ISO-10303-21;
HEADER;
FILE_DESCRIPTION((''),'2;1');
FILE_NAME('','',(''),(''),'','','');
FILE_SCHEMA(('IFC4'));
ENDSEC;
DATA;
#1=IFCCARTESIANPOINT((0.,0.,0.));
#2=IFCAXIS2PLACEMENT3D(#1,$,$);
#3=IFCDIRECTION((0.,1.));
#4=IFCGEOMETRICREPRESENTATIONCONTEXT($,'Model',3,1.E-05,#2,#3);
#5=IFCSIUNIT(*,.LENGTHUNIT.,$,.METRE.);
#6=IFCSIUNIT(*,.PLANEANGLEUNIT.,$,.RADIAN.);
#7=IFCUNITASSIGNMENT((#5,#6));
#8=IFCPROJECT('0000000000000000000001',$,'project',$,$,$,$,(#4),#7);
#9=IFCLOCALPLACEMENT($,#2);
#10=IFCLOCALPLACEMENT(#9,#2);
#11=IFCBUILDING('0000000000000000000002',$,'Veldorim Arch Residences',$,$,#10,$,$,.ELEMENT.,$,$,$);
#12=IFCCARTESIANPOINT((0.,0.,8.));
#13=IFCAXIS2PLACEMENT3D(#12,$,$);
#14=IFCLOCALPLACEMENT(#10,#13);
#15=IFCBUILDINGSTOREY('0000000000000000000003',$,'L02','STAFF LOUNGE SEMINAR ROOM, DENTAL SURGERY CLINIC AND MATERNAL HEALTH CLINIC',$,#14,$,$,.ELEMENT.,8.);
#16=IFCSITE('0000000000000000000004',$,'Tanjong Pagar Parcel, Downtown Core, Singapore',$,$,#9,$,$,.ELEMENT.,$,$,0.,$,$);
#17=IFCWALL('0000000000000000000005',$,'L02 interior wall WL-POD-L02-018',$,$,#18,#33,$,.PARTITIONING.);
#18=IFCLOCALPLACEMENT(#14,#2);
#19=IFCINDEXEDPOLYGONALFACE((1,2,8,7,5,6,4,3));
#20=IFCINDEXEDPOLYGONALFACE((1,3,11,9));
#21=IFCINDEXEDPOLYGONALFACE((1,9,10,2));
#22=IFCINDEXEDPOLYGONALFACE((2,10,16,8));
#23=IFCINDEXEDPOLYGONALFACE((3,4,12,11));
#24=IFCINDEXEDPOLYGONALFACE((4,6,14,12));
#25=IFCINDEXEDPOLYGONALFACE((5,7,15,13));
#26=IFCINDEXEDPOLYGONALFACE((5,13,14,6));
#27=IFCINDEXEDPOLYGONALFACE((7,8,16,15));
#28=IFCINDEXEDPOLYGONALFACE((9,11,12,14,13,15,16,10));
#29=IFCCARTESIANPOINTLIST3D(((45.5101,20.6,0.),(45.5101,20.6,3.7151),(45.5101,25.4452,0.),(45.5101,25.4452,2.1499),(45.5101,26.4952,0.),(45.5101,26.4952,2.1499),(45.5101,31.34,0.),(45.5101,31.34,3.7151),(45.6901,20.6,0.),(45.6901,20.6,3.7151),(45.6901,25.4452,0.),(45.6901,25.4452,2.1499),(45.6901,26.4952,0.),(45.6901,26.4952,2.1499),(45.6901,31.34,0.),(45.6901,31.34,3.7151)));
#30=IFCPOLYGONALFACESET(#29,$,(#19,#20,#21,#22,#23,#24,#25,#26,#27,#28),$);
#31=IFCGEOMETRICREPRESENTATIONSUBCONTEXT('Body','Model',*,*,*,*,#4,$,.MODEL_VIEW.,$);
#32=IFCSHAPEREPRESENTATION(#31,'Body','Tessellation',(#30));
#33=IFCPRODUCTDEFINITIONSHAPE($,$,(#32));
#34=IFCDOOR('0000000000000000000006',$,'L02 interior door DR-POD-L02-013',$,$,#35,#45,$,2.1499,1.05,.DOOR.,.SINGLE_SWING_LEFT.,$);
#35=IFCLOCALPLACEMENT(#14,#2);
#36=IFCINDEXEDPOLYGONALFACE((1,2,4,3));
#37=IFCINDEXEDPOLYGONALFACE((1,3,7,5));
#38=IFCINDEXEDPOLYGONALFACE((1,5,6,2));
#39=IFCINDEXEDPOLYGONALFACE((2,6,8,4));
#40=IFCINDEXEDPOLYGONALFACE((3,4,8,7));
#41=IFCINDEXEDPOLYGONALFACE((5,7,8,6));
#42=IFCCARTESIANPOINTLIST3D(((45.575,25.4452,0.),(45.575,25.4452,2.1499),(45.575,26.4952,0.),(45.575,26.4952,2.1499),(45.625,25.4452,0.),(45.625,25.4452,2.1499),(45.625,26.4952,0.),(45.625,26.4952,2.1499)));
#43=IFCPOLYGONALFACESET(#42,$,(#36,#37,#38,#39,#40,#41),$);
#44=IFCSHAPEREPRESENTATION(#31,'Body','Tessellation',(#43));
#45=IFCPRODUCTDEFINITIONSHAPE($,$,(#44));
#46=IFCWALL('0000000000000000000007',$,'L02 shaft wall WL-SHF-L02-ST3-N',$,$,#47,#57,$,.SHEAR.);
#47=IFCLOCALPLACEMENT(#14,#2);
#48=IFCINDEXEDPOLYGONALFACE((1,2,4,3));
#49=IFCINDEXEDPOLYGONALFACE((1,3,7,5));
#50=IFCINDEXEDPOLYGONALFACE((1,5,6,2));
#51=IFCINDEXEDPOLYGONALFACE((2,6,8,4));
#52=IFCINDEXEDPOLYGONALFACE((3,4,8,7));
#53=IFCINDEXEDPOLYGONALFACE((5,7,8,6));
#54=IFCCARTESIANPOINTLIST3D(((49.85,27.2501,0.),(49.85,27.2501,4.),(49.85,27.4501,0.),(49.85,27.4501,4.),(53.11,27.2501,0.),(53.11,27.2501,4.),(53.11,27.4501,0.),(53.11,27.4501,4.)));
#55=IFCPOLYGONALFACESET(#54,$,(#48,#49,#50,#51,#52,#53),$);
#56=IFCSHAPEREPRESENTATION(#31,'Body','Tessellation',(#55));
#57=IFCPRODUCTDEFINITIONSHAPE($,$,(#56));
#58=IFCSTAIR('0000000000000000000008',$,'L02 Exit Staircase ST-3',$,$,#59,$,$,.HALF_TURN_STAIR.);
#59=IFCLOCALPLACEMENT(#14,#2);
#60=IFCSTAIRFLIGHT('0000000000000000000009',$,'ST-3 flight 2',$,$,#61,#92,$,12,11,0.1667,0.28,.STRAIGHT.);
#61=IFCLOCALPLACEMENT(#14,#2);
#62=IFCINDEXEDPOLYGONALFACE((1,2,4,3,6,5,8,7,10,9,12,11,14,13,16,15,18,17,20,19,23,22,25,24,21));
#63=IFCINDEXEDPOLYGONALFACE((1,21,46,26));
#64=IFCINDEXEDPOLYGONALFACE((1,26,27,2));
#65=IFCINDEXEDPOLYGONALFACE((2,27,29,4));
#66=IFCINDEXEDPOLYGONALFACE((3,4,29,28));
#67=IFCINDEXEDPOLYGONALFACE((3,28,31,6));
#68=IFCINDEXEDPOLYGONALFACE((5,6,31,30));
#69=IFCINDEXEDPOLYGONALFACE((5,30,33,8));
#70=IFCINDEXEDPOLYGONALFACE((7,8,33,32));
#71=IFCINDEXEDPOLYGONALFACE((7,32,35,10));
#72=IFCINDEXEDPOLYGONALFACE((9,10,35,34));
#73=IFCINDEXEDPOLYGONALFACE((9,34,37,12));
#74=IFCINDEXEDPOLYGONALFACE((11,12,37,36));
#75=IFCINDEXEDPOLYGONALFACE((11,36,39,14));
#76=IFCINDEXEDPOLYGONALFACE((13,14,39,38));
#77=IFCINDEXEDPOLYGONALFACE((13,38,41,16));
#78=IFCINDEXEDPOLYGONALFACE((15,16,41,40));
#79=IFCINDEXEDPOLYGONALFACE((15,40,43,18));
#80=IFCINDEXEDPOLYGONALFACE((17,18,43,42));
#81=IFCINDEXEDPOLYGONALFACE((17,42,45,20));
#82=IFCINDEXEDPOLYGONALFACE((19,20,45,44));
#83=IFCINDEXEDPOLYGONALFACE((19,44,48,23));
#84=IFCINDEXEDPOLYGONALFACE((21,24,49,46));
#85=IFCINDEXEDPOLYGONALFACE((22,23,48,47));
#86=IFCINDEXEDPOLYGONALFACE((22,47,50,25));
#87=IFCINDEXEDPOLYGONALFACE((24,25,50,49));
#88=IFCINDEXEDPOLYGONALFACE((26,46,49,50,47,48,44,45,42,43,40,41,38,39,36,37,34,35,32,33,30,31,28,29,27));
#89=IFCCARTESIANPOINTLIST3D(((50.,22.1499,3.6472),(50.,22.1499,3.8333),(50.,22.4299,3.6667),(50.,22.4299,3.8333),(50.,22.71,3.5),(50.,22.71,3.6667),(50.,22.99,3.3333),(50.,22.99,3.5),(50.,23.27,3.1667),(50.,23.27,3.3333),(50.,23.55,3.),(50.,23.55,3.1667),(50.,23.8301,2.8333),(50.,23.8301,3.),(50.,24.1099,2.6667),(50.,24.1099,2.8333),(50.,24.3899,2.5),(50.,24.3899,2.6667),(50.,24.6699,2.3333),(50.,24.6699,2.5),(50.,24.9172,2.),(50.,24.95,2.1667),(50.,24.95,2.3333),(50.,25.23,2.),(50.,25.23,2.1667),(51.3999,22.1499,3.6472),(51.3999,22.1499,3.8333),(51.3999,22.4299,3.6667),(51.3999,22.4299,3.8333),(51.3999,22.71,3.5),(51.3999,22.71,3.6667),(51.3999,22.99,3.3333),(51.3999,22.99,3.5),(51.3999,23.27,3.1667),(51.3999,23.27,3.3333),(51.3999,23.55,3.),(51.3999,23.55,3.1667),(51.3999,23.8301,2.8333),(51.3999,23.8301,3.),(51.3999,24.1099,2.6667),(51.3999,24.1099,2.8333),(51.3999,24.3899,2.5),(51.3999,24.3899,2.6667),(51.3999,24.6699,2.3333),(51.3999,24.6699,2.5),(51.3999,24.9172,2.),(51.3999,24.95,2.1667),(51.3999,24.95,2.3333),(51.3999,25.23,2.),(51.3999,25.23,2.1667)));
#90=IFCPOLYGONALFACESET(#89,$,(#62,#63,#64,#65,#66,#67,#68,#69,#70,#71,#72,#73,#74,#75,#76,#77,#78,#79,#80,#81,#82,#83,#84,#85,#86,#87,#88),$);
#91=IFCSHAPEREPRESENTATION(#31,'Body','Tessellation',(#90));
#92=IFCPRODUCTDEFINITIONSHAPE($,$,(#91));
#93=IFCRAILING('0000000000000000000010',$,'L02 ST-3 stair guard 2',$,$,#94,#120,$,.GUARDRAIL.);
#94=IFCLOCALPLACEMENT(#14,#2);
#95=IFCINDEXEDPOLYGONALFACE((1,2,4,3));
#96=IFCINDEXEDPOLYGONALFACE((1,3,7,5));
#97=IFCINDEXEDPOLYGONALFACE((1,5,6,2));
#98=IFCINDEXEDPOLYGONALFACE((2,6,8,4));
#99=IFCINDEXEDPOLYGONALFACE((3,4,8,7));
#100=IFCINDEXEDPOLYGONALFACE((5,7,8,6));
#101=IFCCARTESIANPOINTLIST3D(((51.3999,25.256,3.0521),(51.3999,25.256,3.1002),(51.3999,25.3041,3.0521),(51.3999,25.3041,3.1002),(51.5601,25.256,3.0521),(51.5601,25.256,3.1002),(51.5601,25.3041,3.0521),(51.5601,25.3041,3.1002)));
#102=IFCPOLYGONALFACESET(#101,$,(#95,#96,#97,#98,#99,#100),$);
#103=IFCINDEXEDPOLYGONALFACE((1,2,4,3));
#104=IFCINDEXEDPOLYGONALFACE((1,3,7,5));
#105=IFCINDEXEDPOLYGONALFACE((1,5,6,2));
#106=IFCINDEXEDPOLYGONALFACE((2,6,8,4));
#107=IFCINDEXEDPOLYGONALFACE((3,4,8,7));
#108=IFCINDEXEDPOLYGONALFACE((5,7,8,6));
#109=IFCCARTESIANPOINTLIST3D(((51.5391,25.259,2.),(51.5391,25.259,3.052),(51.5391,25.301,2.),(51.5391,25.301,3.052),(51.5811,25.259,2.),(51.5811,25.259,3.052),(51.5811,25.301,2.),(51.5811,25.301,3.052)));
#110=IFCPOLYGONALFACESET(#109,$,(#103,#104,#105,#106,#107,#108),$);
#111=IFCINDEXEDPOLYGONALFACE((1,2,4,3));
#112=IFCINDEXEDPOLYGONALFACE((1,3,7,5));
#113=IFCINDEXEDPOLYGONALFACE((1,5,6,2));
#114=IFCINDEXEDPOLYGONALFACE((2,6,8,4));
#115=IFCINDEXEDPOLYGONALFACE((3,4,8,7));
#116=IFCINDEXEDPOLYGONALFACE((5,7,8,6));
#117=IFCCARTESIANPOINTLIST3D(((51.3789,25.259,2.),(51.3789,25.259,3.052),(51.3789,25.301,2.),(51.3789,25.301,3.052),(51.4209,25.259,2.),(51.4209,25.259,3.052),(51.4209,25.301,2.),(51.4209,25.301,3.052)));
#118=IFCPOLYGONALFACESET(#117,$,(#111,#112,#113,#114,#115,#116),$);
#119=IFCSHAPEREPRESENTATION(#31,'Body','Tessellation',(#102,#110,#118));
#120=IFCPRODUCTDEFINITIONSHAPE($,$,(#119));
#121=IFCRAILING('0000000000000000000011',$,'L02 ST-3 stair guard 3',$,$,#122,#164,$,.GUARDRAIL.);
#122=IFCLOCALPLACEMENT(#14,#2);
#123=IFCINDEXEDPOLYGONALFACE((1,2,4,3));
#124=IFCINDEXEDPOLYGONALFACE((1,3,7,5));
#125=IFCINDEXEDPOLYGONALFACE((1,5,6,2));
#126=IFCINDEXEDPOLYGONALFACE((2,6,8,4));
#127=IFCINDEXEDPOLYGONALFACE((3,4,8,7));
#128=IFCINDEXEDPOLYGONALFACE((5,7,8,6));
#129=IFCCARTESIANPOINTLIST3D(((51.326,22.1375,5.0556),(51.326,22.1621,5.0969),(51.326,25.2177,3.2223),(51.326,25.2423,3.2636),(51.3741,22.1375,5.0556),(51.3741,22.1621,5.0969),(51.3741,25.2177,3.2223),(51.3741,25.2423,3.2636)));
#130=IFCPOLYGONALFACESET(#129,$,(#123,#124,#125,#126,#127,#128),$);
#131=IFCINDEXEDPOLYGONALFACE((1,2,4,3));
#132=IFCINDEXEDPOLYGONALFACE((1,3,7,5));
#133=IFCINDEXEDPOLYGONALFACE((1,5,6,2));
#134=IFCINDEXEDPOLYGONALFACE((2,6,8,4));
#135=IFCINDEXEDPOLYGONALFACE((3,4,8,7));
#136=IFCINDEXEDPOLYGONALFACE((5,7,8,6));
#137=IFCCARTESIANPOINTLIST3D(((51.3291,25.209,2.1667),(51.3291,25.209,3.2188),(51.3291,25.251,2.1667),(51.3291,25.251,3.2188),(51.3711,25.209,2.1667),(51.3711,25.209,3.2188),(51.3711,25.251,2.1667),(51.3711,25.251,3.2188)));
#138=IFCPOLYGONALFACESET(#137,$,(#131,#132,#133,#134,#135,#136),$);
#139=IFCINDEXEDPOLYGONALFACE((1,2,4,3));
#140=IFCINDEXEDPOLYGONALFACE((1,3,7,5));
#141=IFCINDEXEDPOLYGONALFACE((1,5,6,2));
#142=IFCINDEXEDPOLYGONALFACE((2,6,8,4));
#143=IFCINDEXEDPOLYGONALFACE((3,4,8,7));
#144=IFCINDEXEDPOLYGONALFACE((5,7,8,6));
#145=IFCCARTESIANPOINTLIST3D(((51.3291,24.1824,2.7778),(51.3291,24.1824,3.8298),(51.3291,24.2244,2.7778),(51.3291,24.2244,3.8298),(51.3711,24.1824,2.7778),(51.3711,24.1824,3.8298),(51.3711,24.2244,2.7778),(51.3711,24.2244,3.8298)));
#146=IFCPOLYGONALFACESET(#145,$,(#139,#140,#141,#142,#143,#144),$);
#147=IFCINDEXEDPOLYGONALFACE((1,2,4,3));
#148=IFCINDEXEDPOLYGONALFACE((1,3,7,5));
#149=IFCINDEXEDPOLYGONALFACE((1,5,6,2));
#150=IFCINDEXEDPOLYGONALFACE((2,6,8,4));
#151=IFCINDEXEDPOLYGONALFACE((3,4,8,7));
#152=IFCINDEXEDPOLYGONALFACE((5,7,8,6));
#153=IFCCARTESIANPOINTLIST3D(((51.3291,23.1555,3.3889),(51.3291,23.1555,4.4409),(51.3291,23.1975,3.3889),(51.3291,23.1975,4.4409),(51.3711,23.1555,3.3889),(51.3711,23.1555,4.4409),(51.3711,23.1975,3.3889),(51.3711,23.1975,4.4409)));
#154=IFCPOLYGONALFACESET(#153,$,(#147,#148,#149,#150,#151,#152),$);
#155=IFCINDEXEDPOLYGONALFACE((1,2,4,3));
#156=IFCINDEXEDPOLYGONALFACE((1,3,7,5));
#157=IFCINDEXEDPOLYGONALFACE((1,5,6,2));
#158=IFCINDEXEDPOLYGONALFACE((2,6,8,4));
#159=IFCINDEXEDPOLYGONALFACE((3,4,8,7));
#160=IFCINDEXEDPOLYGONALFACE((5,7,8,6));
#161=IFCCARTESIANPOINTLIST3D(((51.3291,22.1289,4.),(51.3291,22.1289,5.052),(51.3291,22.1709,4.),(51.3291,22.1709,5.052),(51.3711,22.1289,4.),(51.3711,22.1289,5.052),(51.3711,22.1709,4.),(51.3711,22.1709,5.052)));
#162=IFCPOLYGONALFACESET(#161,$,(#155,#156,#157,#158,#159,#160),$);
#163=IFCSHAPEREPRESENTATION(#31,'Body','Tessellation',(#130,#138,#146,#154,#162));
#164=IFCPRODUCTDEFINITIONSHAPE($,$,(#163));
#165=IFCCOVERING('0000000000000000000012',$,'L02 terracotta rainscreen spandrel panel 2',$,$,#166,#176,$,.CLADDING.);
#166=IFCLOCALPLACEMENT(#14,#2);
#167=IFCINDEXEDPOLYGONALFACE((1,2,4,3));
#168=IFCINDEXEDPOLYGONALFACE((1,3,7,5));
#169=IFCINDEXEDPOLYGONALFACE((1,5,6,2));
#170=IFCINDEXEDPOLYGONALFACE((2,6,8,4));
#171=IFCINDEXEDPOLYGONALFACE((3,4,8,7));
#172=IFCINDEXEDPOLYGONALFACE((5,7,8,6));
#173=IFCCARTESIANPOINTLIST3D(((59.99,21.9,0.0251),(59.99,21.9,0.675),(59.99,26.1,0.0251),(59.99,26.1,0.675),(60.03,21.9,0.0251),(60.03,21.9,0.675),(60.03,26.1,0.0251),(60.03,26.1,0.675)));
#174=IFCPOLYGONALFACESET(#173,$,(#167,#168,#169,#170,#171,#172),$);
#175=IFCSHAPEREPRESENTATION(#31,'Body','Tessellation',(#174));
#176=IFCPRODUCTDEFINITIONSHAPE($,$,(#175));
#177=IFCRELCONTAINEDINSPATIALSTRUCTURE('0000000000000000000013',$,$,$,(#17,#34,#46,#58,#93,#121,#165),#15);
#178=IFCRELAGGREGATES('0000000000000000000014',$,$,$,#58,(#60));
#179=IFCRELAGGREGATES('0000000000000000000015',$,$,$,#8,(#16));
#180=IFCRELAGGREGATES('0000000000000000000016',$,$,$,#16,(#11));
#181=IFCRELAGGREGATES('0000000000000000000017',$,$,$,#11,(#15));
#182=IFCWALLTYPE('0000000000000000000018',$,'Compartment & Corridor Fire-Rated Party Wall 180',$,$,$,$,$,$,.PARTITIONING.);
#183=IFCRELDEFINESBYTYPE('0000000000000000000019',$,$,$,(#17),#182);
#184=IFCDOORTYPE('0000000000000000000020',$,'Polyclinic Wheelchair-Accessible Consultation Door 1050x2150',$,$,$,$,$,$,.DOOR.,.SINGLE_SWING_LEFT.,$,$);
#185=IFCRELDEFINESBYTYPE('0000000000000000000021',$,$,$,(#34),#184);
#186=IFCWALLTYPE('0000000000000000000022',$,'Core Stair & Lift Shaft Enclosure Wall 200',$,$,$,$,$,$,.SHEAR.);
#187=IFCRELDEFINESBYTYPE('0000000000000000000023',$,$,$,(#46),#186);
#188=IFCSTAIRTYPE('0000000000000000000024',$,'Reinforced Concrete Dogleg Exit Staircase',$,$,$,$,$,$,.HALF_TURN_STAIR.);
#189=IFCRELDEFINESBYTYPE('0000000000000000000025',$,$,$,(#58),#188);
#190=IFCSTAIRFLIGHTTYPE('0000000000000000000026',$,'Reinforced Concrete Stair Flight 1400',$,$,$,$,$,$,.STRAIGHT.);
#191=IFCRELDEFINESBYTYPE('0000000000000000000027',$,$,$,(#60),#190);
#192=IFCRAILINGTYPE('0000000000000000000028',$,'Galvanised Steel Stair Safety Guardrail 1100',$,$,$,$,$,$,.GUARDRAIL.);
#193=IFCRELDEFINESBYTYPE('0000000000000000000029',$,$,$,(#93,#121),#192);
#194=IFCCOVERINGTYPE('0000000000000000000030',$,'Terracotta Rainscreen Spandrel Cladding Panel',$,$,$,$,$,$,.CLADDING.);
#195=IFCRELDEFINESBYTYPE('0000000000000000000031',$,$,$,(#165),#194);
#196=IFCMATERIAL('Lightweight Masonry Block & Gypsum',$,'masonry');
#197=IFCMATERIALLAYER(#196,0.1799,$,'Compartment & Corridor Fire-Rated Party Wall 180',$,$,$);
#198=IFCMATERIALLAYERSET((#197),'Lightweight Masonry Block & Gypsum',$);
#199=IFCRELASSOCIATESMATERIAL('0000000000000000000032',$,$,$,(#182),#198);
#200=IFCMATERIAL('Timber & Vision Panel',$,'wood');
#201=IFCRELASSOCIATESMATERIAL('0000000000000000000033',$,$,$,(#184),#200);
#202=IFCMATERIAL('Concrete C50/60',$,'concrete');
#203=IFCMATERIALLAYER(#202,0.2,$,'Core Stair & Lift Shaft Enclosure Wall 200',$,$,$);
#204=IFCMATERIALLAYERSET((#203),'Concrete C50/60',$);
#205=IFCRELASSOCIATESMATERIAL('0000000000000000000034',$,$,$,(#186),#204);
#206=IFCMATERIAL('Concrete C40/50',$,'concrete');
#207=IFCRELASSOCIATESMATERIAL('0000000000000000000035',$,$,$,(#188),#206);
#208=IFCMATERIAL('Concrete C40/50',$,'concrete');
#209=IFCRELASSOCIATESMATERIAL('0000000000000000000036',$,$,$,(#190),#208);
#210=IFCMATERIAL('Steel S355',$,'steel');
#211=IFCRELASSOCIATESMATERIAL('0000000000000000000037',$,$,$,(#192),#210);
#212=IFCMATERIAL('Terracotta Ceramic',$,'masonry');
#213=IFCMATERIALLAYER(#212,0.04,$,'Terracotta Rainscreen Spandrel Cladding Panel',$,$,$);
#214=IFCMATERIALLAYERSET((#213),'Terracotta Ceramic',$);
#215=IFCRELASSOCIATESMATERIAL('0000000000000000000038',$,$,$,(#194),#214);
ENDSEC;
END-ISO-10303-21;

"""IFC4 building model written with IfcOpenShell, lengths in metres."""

from ifc_helpers import new_model, si_unit, direction, frame, frame_2d, origin, origin_2d, place, context, subcontext, project, spatial, polyline, rectangle, outline, extrude, material, layer, layer_set, type_object, element, fill, aggregate, save


model = new_model("IFC4")

# Units and contexts
model_context = context("Model", 3, precision=1e-05, world=origin(), true_north=direction((0.0, 1.0)))
body_context = subcontext(model_context, "Body", "Model", "MODEL_VIEW")
ifc_project = project(units=[si_unit("LENGTHUNIT", "METRE"), si_unit("PLANEANGLEUNIT", "RADIAN")], contexts=[model_context])

# Site, building, storey
site_placement = place(None, origin())
site = spatial("IfcSite", under=ifc_project, at=site_placement, Name="Tanjong Pagar Parcel, Downtown Core, Singapore", CompositionType="ELEMENT", RefElevation=0.0)
building_placement = place(site_placement, origin())
building = spatial("IfcBuilding", under=site, at=building_placement, Name="Veldorim Arch Residences", CompositionType="ELEMENT")
storey_placement = place(building_placement, frame((0.0, 0.0, 8.0)))
storey = spatial("IfcBuildingStorey", under=building, at=storey_placement, Name="L02", Description="STAFF LOUNGE SEMINAR ROOM, DENTAL SURGERY CLINIC AND MATERNAL HEALTH CLINIC", CompositionType="ELEMENT", Elevation=8.0)

# Shared definitions
ifc_material_1 = material(Name="Lightweight Masonry Block & Gypsum", Category="masonry")
ifc_layer_1 = layer(ifc_material_1, 0.1799, Name="Compartment & Corridor Fire-Rated Party Wall 180")
ifc_layer_set_1 = layer_set([ifc_layer_1], Name="Lightweight Masonry Block & Gypsum")
wall_type_1 = type_object("IfcWallType", Name="Compartment & Corridor Fire-Rated Party Wall 180", PredefinedType="PARTITIONING", material=ifc_layer_set_1)

# Wall, opening, door
wall_1_placement = place(storey_placement, frame((45.6001, 31.3401, 0.0), z_axis=(0.0, 0.0, 1.0), x_axis=(0.0, -1.0, 0.0)))
wall_1 = element("IfcWall", 1, at=wall_1_placement, inside=storey, type_object=wall_type_1, Name="L02 interior wall WL-POD-L02-018", PredefinedType="PARTITIONING", context=body_context, shape_type="SweptSolid", body=[
    extrude(rectangle(XDim=10.74, YDim=0.1799, at=frame_2d((5.3701, 0.0))), origin(), (0.0, 0.0, 1.0), 3.7151),
])
opening_placement = place(wall_1_placement, frame((4.845, 0.0, 0.0)))
opening = element("IfcOpeningElement", 2, at=opening_placement, cuts=wall_1, PredefinedType="OPENING", context=body_context, shape_type="SweptSolid", body=[
    extrude(rectangle(XDim=1.05, YDim=2.1499, at=frame_2d((0.5249, 1.075))), frame((0.0, 0.0999, 0.0), z_axis=(0.0, -1.0, 0.0), x_axis=(1.0, 0.0, 0.0)), (0.0, 0.0, 1.0), 0.2),
])
ifc_material_2 = material(Name="Timber & Vision Panel", Category="wood")
door_type = type_object("IfcDoorType", Name="Polyclinic Wheelchair-Accessible Consultation Door 1050x2150", OperationType="SINGLE_SWING_LEFT", PredefinedType="DOOR", material=ifc_material_2)
door_placement = place(opening_placement, origin())
door = element("IfcDoor", 3, at=door_placement, inside=storey, type_object=door_type, Name="L02 interior door DR-POD-L02-013", OperationType="SINGLE_SWING_LEFT", OverallHeight=2.1499, OverallWidth=1.05, PredefinedType="DOOR", context=body_context, shape_type="SweptSolid", body=[
    extrude(rectangle(XDim=1.05, YDim=2.1499, at=frame_2d((0.5249, 1.075))), frame((0.0, 0.0249, 0.0), z_axis=(0.0, -1.0, 0.0), x_axis=(1.0, 0.0, 0.0)), (0.0, 0.0, 1.0), 0.05),
])
fill(opening, door)

# Wall
ifc_material_3 = material(Name="Concrete C50/60", Category="concrete")
ifc_layer_2 = layer(ifc_material_3, 0.2, Name="Core Stair & Lift Shaft Enclosure Wall 200")
ifc_layer_set_2 = layer_set([ifc_layer_2], Name="Concrete C50/60")
wall_type_2 = type_object("IfcWallType", Name="Core Stair & Lift Shaft Enclosure Wall 200", PredefinedType="SHEAR", material=ifc_layer_set_2)
wall_2_placement = place(storey_placement, frame((49.8501, 27.3501, 0.0), z_axis=(0.0, 0.0, 1.0), x_axis=(1.0, 0.0, 0.0)))
element("IfcWall", 4, at=wall_2_placement, inside=storey, type_object=wall_type_2, Name="L02 shaft wall WL-SHF-L02-ST3-N", PredefinedType="SHEAR", context=body_context, shape_type="SweptSolid", body=[
    extrude(rectangle(XDim=3.26, YDim=0.2, at=frame_2d((1.6299, 0.0))), origin(), (0.0, 0.0, 1.0), 4.0),
])

# Stair, stair flight
ifc_material_4 = material(Name="Concrete C40/50", Category="concrete")
stair_type = type_object("IfcStairType", Name="Reinforced Concrete Dogleg Exit Staircase", PredefinedType="HALF_TURN_STAIR", material=ifc_material_4)
stair_placement = place(storey_placement, origin())
stair = element("IfcStair", 5, at=stair_placement, inside=storey, type_object=stair_type, Name="L02 Exit Staircase ST-3", PredefinedType="HALF_TURN_STAIR")
ifc_material_5 = material(Name="Concrete C40/50", Category="concrete")
stair_flight_type = type_object("IfcStairFlightType", Name="Reinforced Concrete Stair Flight 1400", PredefinedType="STRAIGHT", material=ifc_material_5)
stair_flight_placement = place(storey_placement, frame((50.7, 25.23, 2.0), z_axis=(0.0, 0.0, 1.0), x_axis=(0.0, -1.0, 0.0)))
stair_flight = element("IfcStairFlight", 6, at=stair_flight_placement, type_object=stair_flight_type, Name="ST-3 flight 2", NumberOfRisers=12, NumberOfTreads=11, PredefinedType="STRAIGHT", RiserHeight=0.1667, TreadLength=0.28, context=body_context, shape_type="SweptSolid", body=[
    extrude(outline(polyline([(0.0, 0.0), (0.0, 0.1667), (0.28, 0.1667), (0.28, 0.3333), (0.5601, 0.3333), (0.5601, 0.5), (0.8401, 0.5), (0.8401, 0.6667), (1.1201, 0.6667), (1.1201, 0.8333), (1.3999, 0.8333), (1.3999, 1.0), (1.6799, 1.0), (1.6799, 1.1667), (1.96, 1.1667), (1.96, 1.3333), (2.24, 1.3333), (2.24, 1.5), (2.52, 1.5), (2.52, 1.6667), (2.8, 1.6667), (2.8, 1.8333), (3.0801, 1.8333), (3.0801, 2.0), (3.0801, 1.6472), (0.3127, 0.0), (0.0, 0.0)])), frame((0.0, 0.7, 0.0), z_axis=(0.0, -1.0, 0.0), x_axis=(1.0, 0.0, 0.0)), (0.0, 0.0, 1.0), 1.3999),
])
aggregate(stair, [stair_flight])

# Railings
ifc_material_6 = material(Name="Steel S355", Category="steel")
railing_type_1 = type_object("IfcRailingType", Name="Galvanised Steel Stair Safety Guardrail 1100", PredefinedType="GUARDRAIL", material=ifc_material_6)
railing_1_placement = place(storey_placement, frame((51.5601, 25.28, 2.0)))
element("IfcRailing", 7, at=railing_1_placement, inside=storey, type_object=railing_type_1, Name="L02 ST-3 stair guard 2", PredefinedType="GUARDRAIL", context=body_context, shape_type="SweptSolid", body=[
    extrude(rectangle(XDim=0.0481, YDim=0.0481, at=origin_2d()), frame((0.0, 0.0, 1.0762), z_axis=(-1.0, 0.0, 0.0), x_axis=(0.0, -1.0, 0.0)), (0.0, 0.0, 1.0), 0.1602),
    extrude(rectangle(XDim=0.042, YDim=0.042, at=origin_2d()), origin(), (0.0, 0.0, 1.0), 1.052),
    extrude(rectangle(XDim=0.042, YDim=0.042, at=origin_2d()), frame((-0.1602, 0.0, 0.0)), (0.0, 0.0, 1.0), 1.052),
])
railing_2_placement = place(storey_placement, frame((51.3501, 25.23, 2.1667)))
element("IfcRailing", 8, at=railing_2_placement, inside=storey, type_object=railing_type_1, Name="L02 ST-3 stair guard 3", PredefinedType="GUARDRAIL", context=body_context, shape_type="SweptSolid", body=[
    extrude(rectangle(XDim=0.0481, YDim=0.0481, at=origin_2d()), frame((0.0, 0.0, 1.0762), z_axis=(0.0, -0.859309, 0.511458), x_axis=(1.0, 0.0, 0.0)), (0.0, 0.0, 1.0), 3.5845),
    extrude(rectangle(XDim=0.042, YDim=0.042, at=origin_2d()), origin(), (0.0, 0.0, 1.0), 1.052),
    extrude(rectangle(XDim=0.042, YDim=0.042, at=origin_2d()), frame((0.0, -1.0266, 0.6111)), (0.0, 0.0, 1.0), 1.052),
    extrude(rectangle(XDim=0.042, YDim=0.042, at=origin_2d()), frame((0.0, -2.0535, 1.2222)), (0.0, 0.0, 1.0), 1.052),
    extrude(rectangle(XDim=0.042, YDim=0.042, at=origin_2d()), frame((0.0, -3.0801, 1.8333)), (0.0, 0.0, 1.0), 1.052),
])

# Covering
ifc_material_7 = material(Name="Terracotta Ceramic", Category="masonry")
ifc_layer_3 = layer(ifc_material_7, 0.04, Name="Terracotta Rainscreen Spandrel Cladding Panel")
ifc_layer_set_3 = layer_set([ifc_layer_3], Name="Terracotta Ceramic")
covering_type = type_object("IfcCoveringType", Name="Terracotta Rainscreen Spandrel Cladding Panel", PredefinedType="CLADDING", material=ifc_layer_set_3)
covering_placement = place(storey_placement, frame((60.01, 24.0, 0.0251), z_axis=(0.0, 0.0, 1.0), x_axis=(0.0, 1.0, 0.0)))
element("IfcCovering", 9, at=covering_placement, inside=storey, type_object=covering_type, Name="L02 terracotta rainscreen spandrel panel 2", PredefinedType="CLADDING", context=body_context, shape_type="SweptSolid", body=[
    extrude(rectangle(XDim=4.2, YDim=0.04, at=origin_2d()), origin(), (0.0, 0.0, 1.0), 0.6499),
])

save(model, "model.ifc")
